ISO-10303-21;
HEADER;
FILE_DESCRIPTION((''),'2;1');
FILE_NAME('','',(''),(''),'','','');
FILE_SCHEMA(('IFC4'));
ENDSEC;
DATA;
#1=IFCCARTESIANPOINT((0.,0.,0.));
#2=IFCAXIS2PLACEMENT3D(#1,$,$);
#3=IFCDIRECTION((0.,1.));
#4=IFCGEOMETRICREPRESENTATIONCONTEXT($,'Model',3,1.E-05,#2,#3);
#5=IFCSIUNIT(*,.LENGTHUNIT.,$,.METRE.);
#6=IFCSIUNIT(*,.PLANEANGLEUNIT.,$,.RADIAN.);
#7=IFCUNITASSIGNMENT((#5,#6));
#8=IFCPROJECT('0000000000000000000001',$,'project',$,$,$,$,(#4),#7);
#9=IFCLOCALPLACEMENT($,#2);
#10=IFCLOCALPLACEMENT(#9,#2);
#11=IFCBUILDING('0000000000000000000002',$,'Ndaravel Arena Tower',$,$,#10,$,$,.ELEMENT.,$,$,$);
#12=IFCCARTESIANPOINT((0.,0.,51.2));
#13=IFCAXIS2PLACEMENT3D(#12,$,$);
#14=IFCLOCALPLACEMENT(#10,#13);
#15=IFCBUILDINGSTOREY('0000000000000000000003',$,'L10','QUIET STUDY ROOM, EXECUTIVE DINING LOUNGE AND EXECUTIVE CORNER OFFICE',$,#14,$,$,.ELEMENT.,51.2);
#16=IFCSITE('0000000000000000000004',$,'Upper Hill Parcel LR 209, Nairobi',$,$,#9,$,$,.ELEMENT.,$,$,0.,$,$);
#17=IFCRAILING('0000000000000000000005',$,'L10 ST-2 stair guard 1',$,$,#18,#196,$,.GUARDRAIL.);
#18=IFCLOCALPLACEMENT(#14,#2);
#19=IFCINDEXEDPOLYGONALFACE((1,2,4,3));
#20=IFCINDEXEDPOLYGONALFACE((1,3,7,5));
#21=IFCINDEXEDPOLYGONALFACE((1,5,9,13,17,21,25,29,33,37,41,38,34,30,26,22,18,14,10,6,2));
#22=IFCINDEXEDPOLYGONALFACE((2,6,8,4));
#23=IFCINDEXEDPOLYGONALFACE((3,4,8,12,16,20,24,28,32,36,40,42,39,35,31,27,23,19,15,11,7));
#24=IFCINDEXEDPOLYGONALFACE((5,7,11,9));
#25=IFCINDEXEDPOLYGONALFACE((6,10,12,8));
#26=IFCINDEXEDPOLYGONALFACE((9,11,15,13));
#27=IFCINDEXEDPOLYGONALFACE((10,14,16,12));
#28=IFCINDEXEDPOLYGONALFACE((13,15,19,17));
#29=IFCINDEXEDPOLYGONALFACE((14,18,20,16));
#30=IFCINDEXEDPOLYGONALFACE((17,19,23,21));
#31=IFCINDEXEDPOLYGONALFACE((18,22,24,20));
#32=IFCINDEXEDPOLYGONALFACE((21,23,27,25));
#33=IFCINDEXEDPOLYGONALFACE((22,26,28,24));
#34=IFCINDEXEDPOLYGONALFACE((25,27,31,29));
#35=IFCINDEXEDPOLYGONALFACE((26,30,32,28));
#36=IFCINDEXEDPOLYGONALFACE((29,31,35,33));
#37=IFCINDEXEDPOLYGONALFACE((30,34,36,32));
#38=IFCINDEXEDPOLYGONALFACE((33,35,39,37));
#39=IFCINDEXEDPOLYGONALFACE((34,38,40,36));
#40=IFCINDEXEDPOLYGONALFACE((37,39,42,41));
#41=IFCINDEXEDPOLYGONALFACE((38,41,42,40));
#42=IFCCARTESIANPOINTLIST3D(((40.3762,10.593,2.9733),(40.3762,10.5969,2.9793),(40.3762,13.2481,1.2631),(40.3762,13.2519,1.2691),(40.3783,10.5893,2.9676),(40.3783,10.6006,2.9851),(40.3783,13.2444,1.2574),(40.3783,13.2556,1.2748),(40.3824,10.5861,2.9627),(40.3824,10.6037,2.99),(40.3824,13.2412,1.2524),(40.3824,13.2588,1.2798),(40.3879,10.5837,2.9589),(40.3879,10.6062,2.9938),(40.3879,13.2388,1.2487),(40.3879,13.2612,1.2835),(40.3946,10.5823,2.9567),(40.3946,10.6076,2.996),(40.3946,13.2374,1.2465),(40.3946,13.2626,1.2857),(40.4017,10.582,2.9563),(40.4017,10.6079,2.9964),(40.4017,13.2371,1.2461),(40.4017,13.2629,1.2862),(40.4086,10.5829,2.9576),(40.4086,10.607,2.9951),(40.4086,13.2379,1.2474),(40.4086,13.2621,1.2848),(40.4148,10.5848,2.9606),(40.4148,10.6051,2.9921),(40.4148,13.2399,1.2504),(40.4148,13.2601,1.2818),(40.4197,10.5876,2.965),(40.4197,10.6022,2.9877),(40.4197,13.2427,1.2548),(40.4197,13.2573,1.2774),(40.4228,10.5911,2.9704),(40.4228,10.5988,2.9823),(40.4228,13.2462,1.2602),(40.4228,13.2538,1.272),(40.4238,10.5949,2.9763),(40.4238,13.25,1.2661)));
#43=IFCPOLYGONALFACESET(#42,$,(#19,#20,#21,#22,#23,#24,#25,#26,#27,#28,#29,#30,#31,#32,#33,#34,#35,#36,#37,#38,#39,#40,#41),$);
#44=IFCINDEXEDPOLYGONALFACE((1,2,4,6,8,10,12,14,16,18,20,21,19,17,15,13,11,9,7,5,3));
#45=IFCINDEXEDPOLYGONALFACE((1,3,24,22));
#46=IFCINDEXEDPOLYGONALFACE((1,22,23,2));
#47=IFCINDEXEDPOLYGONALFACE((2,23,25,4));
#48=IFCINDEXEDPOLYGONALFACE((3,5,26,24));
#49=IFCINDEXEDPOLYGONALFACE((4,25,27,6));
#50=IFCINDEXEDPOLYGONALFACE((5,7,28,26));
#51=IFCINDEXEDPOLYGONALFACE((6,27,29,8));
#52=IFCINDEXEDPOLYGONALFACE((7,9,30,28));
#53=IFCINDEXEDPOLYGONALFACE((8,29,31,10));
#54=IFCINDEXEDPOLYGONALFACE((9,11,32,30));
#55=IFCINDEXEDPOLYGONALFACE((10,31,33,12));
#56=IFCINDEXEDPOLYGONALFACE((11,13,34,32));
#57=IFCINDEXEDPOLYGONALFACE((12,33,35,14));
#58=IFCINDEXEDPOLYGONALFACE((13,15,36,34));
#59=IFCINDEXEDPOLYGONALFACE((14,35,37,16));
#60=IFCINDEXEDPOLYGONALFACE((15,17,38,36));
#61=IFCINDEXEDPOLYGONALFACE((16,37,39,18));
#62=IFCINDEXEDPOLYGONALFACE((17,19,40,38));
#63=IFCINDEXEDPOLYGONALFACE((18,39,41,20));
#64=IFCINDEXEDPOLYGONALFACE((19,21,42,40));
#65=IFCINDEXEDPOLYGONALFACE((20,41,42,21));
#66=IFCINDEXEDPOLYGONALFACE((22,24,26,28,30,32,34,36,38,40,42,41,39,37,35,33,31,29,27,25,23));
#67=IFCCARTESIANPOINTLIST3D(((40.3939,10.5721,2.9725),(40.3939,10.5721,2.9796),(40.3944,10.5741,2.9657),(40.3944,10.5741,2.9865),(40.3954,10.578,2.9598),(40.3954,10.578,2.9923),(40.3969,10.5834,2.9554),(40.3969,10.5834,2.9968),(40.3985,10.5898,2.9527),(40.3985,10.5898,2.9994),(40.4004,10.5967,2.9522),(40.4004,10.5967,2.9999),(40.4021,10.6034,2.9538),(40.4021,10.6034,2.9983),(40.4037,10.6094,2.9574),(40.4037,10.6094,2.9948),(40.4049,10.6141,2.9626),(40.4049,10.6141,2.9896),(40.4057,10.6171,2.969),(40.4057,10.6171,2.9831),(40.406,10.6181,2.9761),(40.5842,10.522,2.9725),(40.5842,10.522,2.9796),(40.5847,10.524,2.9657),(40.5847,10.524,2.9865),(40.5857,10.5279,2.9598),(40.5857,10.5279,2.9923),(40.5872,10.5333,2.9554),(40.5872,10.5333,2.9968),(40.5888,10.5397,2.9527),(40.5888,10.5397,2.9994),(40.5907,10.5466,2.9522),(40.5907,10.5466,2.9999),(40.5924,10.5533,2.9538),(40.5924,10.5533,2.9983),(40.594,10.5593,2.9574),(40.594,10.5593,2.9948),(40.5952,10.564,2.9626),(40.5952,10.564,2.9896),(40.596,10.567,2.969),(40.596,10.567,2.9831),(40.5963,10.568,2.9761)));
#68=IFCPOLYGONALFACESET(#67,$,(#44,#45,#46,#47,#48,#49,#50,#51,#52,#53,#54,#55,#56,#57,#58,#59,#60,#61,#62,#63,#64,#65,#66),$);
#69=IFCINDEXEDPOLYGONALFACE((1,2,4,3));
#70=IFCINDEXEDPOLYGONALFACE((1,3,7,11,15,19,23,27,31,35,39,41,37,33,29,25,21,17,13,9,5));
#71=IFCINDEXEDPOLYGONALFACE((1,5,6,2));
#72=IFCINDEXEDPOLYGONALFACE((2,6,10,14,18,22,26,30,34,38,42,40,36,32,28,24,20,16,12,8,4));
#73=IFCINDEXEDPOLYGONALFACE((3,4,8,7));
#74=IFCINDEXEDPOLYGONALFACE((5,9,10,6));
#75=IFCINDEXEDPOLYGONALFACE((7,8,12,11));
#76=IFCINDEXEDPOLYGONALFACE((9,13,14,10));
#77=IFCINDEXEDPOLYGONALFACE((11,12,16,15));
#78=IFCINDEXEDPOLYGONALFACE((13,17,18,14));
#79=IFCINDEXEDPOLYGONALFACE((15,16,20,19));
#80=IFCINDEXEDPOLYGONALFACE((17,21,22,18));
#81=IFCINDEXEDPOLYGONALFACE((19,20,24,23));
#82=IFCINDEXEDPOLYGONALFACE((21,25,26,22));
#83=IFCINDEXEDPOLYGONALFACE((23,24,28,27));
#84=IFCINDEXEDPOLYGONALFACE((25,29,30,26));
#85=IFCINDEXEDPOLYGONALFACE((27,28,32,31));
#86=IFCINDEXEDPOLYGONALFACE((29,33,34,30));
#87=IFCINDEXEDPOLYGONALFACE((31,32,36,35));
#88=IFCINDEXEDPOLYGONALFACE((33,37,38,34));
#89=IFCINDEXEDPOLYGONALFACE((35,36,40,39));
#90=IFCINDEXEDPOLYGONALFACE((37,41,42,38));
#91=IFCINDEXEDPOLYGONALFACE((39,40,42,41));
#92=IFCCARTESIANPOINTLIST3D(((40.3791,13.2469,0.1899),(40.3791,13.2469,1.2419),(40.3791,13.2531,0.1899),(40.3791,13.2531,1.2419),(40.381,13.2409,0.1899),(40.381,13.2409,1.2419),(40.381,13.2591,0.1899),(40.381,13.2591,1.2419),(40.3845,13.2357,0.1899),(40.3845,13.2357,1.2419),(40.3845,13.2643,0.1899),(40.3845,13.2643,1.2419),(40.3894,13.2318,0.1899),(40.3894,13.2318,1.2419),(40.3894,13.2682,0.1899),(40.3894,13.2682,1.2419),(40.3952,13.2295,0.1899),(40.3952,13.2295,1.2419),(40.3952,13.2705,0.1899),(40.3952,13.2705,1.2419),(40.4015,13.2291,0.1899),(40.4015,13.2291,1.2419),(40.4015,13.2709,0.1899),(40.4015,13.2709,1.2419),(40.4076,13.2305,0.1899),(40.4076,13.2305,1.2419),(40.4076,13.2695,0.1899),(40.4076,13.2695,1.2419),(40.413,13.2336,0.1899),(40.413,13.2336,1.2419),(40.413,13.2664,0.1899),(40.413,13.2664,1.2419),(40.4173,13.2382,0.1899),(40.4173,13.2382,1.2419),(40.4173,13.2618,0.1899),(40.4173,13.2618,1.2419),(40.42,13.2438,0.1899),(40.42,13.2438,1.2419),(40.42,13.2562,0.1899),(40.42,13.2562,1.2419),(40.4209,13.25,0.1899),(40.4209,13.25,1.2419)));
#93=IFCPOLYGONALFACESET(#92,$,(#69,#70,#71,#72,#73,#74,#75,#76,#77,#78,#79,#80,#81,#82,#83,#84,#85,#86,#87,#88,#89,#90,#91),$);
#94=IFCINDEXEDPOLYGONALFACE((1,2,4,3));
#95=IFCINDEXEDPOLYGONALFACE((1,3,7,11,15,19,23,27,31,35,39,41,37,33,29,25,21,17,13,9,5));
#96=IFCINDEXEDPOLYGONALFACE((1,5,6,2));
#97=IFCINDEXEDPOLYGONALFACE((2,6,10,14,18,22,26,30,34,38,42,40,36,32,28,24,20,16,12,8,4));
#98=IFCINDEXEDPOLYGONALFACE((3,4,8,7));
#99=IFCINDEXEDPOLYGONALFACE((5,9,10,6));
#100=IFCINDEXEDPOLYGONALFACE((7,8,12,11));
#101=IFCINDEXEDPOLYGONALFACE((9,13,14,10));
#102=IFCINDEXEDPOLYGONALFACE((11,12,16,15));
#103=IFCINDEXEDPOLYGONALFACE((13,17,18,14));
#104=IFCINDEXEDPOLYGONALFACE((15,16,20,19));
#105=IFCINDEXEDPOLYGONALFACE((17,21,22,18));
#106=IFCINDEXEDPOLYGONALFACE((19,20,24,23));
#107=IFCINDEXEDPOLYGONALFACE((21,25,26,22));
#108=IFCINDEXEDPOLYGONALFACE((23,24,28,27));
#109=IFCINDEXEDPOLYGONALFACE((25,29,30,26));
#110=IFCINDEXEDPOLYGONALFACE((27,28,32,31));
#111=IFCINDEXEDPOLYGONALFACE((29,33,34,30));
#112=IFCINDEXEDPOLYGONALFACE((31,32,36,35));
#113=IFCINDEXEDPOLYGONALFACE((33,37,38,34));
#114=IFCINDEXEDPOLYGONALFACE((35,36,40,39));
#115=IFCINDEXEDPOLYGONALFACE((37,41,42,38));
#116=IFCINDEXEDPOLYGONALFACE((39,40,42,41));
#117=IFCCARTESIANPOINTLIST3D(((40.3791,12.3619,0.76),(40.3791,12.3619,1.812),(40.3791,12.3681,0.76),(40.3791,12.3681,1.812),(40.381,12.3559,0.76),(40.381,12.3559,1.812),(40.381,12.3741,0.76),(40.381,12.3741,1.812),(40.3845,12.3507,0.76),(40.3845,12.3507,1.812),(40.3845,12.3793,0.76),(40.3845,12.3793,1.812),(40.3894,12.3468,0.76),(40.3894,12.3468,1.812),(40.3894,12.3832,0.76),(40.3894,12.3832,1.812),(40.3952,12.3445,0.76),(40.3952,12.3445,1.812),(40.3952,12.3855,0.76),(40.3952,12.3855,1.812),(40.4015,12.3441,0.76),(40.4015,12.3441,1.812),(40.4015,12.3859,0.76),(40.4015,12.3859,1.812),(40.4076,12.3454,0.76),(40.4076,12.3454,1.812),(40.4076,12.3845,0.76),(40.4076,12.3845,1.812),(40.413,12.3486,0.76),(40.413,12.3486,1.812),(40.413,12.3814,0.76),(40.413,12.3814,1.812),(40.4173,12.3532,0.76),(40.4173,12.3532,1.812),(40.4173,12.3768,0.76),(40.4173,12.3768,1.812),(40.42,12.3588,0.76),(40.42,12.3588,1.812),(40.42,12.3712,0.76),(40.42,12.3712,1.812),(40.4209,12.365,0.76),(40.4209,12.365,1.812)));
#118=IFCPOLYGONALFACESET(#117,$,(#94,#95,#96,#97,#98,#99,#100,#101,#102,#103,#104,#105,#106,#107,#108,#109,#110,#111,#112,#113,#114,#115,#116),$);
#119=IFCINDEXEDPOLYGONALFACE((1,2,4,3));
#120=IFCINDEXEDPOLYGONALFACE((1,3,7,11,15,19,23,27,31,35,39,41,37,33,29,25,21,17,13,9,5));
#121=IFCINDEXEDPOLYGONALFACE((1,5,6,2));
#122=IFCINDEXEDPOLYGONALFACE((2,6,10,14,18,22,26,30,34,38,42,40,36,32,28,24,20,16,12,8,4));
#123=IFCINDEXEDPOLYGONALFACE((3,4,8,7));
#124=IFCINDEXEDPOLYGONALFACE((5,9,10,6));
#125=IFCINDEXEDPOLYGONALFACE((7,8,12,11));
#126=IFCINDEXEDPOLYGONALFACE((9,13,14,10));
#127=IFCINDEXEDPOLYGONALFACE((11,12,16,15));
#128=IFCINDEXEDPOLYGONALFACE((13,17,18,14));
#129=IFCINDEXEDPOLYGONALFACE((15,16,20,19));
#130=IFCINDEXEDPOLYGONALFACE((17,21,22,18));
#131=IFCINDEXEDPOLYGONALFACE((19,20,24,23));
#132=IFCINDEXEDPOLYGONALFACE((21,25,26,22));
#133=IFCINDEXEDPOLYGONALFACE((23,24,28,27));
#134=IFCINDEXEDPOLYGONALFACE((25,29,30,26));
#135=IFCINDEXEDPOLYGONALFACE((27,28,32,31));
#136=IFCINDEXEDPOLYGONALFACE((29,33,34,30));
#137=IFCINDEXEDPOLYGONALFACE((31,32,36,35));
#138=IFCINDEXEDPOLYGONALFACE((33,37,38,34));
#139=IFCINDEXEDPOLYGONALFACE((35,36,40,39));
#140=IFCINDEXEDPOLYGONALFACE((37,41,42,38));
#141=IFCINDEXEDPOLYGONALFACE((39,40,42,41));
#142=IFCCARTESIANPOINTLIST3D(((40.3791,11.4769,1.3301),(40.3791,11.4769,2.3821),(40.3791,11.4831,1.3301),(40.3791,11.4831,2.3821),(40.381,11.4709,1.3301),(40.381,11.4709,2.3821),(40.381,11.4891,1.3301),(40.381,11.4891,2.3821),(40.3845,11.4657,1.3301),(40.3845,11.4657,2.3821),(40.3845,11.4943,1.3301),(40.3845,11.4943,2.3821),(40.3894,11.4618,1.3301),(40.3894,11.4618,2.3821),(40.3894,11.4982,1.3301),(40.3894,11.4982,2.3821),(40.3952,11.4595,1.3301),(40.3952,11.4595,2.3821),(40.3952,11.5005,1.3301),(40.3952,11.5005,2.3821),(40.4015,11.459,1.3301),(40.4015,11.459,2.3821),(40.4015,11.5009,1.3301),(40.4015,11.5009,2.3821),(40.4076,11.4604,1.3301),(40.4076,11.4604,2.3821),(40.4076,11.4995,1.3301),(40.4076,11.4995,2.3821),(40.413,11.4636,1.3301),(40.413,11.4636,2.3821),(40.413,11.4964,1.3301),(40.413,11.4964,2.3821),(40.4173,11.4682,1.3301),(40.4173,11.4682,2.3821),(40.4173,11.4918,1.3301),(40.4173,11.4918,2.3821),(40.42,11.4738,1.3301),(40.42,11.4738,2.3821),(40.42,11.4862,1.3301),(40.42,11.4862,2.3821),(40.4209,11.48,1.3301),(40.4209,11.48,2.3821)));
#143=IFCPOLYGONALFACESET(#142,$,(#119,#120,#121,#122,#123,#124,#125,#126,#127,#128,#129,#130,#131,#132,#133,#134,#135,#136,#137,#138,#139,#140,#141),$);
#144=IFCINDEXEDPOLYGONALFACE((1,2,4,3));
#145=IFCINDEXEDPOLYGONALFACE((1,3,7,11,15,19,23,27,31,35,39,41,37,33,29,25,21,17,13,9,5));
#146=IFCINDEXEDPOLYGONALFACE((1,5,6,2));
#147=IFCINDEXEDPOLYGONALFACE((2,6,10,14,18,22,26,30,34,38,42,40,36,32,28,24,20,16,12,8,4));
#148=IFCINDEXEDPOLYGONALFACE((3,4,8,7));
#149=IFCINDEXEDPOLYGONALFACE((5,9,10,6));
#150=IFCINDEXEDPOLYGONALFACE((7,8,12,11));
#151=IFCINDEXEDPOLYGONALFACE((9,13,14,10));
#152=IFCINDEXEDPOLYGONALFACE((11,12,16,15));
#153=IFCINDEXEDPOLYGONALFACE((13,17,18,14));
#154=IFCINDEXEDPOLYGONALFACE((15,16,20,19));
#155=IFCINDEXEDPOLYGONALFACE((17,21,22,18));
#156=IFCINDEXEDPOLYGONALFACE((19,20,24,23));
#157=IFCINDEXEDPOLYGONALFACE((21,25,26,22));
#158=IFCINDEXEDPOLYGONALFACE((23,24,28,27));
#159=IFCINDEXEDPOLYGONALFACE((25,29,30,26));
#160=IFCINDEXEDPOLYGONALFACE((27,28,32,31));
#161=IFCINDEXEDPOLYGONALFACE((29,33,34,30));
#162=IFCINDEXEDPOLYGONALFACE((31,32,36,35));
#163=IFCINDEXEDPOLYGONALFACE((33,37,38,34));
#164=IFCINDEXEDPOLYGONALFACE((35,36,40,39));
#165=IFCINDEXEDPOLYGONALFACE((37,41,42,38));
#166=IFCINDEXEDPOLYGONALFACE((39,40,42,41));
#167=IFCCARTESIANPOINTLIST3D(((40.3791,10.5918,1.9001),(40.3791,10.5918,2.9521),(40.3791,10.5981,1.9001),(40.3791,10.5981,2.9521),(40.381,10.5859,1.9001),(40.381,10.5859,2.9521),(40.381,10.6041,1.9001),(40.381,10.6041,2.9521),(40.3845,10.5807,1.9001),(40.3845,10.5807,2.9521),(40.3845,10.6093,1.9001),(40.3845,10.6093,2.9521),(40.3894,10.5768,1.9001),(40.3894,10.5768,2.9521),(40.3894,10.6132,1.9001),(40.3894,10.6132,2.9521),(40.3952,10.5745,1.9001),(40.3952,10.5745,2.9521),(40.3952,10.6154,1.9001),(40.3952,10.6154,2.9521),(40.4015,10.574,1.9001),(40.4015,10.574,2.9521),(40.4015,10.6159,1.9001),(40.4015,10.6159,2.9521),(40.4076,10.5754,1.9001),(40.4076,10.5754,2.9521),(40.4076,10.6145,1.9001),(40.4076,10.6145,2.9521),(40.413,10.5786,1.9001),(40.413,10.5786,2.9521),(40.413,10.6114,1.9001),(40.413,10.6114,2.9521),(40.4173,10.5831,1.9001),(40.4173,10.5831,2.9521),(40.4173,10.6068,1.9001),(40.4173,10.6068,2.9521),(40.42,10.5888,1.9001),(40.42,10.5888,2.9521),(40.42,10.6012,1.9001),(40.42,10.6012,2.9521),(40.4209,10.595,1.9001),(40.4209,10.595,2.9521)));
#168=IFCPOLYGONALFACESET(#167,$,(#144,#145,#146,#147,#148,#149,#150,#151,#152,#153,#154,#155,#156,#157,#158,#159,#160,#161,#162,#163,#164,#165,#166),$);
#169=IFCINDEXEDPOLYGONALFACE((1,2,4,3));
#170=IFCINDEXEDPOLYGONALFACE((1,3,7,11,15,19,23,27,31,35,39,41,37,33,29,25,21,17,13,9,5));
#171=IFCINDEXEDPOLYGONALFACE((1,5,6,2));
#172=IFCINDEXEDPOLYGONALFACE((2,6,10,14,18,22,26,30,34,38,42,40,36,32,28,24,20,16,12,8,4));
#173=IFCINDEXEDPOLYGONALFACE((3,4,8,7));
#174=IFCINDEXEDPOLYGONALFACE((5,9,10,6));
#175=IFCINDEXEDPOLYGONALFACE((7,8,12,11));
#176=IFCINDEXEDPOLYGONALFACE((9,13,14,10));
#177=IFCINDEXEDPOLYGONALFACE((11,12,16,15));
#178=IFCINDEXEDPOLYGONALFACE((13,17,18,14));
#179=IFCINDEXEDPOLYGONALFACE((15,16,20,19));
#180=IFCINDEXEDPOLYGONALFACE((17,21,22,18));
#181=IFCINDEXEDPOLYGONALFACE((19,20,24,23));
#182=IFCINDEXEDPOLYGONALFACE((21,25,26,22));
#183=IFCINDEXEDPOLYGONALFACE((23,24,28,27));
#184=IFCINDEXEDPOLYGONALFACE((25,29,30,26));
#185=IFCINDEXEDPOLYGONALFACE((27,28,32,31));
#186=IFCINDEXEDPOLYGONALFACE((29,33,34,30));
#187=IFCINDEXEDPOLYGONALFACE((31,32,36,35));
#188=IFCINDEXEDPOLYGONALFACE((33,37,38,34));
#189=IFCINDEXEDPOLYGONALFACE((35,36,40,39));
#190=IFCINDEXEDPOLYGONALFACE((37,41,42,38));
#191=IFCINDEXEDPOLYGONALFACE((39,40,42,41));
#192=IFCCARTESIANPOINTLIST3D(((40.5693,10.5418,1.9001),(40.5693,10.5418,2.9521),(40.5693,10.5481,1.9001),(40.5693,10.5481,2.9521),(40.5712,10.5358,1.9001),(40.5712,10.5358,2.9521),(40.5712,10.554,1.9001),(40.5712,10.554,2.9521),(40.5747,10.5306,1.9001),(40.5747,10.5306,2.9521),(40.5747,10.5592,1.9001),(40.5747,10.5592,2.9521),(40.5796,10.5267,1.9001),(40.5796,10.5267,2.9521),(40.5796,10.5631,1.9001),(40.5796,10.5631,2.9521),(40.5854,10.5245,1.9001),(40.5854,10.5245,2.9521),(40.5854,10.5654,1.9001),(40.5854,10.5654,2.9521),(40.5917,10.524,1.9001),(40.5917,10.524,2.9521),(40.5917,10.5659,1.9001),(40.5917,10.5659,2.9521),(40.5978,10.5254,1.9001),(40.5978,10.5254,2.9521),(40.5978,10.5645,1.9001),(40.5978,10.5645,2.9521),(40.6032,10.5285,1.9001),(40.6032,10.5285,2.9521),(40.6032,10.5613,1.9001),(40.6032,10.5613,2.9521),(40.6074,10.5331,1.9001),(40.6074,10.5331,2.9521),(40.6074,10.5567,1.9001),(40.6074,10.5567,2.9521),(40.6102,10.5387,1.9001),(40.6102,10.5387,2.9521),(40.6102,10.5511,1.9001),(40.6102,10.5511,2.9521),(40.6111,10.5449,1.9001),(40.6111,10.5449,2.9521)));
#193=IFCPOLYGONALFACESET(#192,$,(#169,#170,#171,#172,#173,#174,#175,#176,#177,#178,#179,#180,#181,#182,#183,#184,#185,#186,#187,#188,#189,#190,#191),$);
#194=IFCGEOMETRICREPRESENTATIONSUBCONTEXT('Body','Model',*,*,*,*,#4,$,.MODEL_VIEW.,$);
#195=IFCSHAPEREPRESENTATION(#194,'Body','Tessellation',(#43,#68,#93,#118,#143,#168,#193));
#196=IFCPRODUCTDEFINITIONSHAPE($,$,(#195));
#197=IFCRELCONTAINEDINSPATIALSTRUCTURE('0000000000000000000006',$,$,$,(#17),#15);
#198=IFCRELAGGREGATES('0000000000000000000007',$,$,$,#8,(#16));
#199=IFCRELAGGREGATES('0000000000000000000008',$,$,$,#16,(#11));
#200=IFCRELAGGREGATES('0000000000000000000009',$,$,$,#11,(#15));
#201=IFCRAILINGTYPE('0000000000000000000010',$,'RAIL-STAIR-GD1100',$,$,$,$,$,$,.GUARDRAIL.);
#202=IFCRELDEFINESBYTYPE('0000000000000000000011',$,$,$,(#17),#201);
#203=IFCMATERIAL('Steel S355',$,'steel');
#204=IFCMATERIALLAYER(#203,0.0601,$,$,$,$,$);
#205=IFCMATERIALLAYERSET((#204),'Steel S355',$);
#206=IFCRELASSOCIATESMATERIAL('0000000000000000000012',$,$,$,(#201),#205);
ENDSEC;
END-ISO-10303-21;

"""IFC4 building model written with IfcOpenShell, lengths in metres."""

from ifc_helpers import new_model, si_unit, direction, frame, origin, origin_2d, place, context, subcontext, project, spatial, circle, extrude, material, layer, layer_set, type_object, element, save


model = new_model("IFC4")

# Units and contexts
model_context = context("Model", 3, precision=1e-05, world=origin(), true_north=direction((0.0, 1.0)))
body_context = subcontext(model_context, "Body", "Model", "MODEL_VIEW")
ifc_project = project(units=[si_unit("LENGTHUNIT", "METRE"), si_unit("PLANEANGLEUNIT", "RADIAN")], contexts=[model_context])

# Site, building, storey
site_placement = place(None, origin())
site = spatial("IfcSite", under=ifc_project, at=site_placement, Name="Upper Hill Parcel LR 209, Nairobi", CompositionType="ELEMENT", RefElevation=0.0)
building_placement = place(site_placement, origin())
building = spatial("IfcBuilding", under=site, at=building_placement, Name="Ndaravel Arena Tower", CompositionType="ELEMENT")
storey_placement = place(building_placement, frame((0.0, 0.0, 51.2)))
storey = spatial("IfcBuildingStorey", under=building, at=storey_placement, Name="L10", Description="QUIET STUDY ROOM, EXECUTIVE DINING LOUNGE AND EXECUTIVE CORNER OFFICE", CompositionType="ELEMENT", Elevation=51.2)

# Railing
ifc_material_1 = material(Name="Steel S355", Category="steel")
ifc_layer_1 = layer(ifc_material_1, 0.0601)
ifc_layer_set_1 = layer_set([ifc_layer_1], Name="Steel S355")
railing_type_1 = type_object("IfcRailingType", Name="RAIL-STAIR-GD1100", PredefinedType="GUARDRAIL", material=ifc_layer_set_1)
railing_1_placement = place(storey_placement, frame((40.3999, 13.25, 0.1899)))
element("IfcRailing", 1, at=railing_1_placement, inside=storey, type_object=railing_type_1, Name="L10 ST-2 stair guard 1", PredefinedType="GUARDRAIL", context=body_context, shape_type="SweptSolid", body=[
    extrude(circle(Radius=0.0239, at=origin_2d()), frame((0.0, 0.0, 1.0762), z_axis=(0.0, -0.840688, 0.541519), x_axis=(1.0, 0.0, 0.0)), (0.0, 0.0, 1.0), 3.1582),
    extrude(circle(Radius=0.0239, at=origin_2d()), frame((0.0, -2.655, 2.7861), z_axis=(0.967075, -0.254493, 0.0), x_axis=(0.254493, 0.967075, 0.0)), (0.0, 0.0, 1.0), 0.1968),
    extrude(circle(Radius=0.021, at=origin_2d()), origin(), (0.0, 0.0, 1.0), 1.052),
    extrude(circle(Radius=0.021, at=origin_2d()), frame((0.0, -0.885, 0.5701)), (0.0, 0.0, 1.0), 1.052),
    extrude(circle(Radius=0.021, at=origin_2d()), frame((0.0, -1.77, 1.1401)), (0.0, 0.0, 1.0), 1.052),
    extrude(circle(Radius=0.021, at=origin_2d()), frame((0.0, -2.655, 1.7102)), (0.0, 0.0, 1.0), 1.052),
    extrude(circle(Radius=0.021, at=origin_2d()), frame((0.1902, -2.7051, 1.7102)), (0.0, 0.0, 1.0), 1.052),
])

save(model, "model.ifc")
